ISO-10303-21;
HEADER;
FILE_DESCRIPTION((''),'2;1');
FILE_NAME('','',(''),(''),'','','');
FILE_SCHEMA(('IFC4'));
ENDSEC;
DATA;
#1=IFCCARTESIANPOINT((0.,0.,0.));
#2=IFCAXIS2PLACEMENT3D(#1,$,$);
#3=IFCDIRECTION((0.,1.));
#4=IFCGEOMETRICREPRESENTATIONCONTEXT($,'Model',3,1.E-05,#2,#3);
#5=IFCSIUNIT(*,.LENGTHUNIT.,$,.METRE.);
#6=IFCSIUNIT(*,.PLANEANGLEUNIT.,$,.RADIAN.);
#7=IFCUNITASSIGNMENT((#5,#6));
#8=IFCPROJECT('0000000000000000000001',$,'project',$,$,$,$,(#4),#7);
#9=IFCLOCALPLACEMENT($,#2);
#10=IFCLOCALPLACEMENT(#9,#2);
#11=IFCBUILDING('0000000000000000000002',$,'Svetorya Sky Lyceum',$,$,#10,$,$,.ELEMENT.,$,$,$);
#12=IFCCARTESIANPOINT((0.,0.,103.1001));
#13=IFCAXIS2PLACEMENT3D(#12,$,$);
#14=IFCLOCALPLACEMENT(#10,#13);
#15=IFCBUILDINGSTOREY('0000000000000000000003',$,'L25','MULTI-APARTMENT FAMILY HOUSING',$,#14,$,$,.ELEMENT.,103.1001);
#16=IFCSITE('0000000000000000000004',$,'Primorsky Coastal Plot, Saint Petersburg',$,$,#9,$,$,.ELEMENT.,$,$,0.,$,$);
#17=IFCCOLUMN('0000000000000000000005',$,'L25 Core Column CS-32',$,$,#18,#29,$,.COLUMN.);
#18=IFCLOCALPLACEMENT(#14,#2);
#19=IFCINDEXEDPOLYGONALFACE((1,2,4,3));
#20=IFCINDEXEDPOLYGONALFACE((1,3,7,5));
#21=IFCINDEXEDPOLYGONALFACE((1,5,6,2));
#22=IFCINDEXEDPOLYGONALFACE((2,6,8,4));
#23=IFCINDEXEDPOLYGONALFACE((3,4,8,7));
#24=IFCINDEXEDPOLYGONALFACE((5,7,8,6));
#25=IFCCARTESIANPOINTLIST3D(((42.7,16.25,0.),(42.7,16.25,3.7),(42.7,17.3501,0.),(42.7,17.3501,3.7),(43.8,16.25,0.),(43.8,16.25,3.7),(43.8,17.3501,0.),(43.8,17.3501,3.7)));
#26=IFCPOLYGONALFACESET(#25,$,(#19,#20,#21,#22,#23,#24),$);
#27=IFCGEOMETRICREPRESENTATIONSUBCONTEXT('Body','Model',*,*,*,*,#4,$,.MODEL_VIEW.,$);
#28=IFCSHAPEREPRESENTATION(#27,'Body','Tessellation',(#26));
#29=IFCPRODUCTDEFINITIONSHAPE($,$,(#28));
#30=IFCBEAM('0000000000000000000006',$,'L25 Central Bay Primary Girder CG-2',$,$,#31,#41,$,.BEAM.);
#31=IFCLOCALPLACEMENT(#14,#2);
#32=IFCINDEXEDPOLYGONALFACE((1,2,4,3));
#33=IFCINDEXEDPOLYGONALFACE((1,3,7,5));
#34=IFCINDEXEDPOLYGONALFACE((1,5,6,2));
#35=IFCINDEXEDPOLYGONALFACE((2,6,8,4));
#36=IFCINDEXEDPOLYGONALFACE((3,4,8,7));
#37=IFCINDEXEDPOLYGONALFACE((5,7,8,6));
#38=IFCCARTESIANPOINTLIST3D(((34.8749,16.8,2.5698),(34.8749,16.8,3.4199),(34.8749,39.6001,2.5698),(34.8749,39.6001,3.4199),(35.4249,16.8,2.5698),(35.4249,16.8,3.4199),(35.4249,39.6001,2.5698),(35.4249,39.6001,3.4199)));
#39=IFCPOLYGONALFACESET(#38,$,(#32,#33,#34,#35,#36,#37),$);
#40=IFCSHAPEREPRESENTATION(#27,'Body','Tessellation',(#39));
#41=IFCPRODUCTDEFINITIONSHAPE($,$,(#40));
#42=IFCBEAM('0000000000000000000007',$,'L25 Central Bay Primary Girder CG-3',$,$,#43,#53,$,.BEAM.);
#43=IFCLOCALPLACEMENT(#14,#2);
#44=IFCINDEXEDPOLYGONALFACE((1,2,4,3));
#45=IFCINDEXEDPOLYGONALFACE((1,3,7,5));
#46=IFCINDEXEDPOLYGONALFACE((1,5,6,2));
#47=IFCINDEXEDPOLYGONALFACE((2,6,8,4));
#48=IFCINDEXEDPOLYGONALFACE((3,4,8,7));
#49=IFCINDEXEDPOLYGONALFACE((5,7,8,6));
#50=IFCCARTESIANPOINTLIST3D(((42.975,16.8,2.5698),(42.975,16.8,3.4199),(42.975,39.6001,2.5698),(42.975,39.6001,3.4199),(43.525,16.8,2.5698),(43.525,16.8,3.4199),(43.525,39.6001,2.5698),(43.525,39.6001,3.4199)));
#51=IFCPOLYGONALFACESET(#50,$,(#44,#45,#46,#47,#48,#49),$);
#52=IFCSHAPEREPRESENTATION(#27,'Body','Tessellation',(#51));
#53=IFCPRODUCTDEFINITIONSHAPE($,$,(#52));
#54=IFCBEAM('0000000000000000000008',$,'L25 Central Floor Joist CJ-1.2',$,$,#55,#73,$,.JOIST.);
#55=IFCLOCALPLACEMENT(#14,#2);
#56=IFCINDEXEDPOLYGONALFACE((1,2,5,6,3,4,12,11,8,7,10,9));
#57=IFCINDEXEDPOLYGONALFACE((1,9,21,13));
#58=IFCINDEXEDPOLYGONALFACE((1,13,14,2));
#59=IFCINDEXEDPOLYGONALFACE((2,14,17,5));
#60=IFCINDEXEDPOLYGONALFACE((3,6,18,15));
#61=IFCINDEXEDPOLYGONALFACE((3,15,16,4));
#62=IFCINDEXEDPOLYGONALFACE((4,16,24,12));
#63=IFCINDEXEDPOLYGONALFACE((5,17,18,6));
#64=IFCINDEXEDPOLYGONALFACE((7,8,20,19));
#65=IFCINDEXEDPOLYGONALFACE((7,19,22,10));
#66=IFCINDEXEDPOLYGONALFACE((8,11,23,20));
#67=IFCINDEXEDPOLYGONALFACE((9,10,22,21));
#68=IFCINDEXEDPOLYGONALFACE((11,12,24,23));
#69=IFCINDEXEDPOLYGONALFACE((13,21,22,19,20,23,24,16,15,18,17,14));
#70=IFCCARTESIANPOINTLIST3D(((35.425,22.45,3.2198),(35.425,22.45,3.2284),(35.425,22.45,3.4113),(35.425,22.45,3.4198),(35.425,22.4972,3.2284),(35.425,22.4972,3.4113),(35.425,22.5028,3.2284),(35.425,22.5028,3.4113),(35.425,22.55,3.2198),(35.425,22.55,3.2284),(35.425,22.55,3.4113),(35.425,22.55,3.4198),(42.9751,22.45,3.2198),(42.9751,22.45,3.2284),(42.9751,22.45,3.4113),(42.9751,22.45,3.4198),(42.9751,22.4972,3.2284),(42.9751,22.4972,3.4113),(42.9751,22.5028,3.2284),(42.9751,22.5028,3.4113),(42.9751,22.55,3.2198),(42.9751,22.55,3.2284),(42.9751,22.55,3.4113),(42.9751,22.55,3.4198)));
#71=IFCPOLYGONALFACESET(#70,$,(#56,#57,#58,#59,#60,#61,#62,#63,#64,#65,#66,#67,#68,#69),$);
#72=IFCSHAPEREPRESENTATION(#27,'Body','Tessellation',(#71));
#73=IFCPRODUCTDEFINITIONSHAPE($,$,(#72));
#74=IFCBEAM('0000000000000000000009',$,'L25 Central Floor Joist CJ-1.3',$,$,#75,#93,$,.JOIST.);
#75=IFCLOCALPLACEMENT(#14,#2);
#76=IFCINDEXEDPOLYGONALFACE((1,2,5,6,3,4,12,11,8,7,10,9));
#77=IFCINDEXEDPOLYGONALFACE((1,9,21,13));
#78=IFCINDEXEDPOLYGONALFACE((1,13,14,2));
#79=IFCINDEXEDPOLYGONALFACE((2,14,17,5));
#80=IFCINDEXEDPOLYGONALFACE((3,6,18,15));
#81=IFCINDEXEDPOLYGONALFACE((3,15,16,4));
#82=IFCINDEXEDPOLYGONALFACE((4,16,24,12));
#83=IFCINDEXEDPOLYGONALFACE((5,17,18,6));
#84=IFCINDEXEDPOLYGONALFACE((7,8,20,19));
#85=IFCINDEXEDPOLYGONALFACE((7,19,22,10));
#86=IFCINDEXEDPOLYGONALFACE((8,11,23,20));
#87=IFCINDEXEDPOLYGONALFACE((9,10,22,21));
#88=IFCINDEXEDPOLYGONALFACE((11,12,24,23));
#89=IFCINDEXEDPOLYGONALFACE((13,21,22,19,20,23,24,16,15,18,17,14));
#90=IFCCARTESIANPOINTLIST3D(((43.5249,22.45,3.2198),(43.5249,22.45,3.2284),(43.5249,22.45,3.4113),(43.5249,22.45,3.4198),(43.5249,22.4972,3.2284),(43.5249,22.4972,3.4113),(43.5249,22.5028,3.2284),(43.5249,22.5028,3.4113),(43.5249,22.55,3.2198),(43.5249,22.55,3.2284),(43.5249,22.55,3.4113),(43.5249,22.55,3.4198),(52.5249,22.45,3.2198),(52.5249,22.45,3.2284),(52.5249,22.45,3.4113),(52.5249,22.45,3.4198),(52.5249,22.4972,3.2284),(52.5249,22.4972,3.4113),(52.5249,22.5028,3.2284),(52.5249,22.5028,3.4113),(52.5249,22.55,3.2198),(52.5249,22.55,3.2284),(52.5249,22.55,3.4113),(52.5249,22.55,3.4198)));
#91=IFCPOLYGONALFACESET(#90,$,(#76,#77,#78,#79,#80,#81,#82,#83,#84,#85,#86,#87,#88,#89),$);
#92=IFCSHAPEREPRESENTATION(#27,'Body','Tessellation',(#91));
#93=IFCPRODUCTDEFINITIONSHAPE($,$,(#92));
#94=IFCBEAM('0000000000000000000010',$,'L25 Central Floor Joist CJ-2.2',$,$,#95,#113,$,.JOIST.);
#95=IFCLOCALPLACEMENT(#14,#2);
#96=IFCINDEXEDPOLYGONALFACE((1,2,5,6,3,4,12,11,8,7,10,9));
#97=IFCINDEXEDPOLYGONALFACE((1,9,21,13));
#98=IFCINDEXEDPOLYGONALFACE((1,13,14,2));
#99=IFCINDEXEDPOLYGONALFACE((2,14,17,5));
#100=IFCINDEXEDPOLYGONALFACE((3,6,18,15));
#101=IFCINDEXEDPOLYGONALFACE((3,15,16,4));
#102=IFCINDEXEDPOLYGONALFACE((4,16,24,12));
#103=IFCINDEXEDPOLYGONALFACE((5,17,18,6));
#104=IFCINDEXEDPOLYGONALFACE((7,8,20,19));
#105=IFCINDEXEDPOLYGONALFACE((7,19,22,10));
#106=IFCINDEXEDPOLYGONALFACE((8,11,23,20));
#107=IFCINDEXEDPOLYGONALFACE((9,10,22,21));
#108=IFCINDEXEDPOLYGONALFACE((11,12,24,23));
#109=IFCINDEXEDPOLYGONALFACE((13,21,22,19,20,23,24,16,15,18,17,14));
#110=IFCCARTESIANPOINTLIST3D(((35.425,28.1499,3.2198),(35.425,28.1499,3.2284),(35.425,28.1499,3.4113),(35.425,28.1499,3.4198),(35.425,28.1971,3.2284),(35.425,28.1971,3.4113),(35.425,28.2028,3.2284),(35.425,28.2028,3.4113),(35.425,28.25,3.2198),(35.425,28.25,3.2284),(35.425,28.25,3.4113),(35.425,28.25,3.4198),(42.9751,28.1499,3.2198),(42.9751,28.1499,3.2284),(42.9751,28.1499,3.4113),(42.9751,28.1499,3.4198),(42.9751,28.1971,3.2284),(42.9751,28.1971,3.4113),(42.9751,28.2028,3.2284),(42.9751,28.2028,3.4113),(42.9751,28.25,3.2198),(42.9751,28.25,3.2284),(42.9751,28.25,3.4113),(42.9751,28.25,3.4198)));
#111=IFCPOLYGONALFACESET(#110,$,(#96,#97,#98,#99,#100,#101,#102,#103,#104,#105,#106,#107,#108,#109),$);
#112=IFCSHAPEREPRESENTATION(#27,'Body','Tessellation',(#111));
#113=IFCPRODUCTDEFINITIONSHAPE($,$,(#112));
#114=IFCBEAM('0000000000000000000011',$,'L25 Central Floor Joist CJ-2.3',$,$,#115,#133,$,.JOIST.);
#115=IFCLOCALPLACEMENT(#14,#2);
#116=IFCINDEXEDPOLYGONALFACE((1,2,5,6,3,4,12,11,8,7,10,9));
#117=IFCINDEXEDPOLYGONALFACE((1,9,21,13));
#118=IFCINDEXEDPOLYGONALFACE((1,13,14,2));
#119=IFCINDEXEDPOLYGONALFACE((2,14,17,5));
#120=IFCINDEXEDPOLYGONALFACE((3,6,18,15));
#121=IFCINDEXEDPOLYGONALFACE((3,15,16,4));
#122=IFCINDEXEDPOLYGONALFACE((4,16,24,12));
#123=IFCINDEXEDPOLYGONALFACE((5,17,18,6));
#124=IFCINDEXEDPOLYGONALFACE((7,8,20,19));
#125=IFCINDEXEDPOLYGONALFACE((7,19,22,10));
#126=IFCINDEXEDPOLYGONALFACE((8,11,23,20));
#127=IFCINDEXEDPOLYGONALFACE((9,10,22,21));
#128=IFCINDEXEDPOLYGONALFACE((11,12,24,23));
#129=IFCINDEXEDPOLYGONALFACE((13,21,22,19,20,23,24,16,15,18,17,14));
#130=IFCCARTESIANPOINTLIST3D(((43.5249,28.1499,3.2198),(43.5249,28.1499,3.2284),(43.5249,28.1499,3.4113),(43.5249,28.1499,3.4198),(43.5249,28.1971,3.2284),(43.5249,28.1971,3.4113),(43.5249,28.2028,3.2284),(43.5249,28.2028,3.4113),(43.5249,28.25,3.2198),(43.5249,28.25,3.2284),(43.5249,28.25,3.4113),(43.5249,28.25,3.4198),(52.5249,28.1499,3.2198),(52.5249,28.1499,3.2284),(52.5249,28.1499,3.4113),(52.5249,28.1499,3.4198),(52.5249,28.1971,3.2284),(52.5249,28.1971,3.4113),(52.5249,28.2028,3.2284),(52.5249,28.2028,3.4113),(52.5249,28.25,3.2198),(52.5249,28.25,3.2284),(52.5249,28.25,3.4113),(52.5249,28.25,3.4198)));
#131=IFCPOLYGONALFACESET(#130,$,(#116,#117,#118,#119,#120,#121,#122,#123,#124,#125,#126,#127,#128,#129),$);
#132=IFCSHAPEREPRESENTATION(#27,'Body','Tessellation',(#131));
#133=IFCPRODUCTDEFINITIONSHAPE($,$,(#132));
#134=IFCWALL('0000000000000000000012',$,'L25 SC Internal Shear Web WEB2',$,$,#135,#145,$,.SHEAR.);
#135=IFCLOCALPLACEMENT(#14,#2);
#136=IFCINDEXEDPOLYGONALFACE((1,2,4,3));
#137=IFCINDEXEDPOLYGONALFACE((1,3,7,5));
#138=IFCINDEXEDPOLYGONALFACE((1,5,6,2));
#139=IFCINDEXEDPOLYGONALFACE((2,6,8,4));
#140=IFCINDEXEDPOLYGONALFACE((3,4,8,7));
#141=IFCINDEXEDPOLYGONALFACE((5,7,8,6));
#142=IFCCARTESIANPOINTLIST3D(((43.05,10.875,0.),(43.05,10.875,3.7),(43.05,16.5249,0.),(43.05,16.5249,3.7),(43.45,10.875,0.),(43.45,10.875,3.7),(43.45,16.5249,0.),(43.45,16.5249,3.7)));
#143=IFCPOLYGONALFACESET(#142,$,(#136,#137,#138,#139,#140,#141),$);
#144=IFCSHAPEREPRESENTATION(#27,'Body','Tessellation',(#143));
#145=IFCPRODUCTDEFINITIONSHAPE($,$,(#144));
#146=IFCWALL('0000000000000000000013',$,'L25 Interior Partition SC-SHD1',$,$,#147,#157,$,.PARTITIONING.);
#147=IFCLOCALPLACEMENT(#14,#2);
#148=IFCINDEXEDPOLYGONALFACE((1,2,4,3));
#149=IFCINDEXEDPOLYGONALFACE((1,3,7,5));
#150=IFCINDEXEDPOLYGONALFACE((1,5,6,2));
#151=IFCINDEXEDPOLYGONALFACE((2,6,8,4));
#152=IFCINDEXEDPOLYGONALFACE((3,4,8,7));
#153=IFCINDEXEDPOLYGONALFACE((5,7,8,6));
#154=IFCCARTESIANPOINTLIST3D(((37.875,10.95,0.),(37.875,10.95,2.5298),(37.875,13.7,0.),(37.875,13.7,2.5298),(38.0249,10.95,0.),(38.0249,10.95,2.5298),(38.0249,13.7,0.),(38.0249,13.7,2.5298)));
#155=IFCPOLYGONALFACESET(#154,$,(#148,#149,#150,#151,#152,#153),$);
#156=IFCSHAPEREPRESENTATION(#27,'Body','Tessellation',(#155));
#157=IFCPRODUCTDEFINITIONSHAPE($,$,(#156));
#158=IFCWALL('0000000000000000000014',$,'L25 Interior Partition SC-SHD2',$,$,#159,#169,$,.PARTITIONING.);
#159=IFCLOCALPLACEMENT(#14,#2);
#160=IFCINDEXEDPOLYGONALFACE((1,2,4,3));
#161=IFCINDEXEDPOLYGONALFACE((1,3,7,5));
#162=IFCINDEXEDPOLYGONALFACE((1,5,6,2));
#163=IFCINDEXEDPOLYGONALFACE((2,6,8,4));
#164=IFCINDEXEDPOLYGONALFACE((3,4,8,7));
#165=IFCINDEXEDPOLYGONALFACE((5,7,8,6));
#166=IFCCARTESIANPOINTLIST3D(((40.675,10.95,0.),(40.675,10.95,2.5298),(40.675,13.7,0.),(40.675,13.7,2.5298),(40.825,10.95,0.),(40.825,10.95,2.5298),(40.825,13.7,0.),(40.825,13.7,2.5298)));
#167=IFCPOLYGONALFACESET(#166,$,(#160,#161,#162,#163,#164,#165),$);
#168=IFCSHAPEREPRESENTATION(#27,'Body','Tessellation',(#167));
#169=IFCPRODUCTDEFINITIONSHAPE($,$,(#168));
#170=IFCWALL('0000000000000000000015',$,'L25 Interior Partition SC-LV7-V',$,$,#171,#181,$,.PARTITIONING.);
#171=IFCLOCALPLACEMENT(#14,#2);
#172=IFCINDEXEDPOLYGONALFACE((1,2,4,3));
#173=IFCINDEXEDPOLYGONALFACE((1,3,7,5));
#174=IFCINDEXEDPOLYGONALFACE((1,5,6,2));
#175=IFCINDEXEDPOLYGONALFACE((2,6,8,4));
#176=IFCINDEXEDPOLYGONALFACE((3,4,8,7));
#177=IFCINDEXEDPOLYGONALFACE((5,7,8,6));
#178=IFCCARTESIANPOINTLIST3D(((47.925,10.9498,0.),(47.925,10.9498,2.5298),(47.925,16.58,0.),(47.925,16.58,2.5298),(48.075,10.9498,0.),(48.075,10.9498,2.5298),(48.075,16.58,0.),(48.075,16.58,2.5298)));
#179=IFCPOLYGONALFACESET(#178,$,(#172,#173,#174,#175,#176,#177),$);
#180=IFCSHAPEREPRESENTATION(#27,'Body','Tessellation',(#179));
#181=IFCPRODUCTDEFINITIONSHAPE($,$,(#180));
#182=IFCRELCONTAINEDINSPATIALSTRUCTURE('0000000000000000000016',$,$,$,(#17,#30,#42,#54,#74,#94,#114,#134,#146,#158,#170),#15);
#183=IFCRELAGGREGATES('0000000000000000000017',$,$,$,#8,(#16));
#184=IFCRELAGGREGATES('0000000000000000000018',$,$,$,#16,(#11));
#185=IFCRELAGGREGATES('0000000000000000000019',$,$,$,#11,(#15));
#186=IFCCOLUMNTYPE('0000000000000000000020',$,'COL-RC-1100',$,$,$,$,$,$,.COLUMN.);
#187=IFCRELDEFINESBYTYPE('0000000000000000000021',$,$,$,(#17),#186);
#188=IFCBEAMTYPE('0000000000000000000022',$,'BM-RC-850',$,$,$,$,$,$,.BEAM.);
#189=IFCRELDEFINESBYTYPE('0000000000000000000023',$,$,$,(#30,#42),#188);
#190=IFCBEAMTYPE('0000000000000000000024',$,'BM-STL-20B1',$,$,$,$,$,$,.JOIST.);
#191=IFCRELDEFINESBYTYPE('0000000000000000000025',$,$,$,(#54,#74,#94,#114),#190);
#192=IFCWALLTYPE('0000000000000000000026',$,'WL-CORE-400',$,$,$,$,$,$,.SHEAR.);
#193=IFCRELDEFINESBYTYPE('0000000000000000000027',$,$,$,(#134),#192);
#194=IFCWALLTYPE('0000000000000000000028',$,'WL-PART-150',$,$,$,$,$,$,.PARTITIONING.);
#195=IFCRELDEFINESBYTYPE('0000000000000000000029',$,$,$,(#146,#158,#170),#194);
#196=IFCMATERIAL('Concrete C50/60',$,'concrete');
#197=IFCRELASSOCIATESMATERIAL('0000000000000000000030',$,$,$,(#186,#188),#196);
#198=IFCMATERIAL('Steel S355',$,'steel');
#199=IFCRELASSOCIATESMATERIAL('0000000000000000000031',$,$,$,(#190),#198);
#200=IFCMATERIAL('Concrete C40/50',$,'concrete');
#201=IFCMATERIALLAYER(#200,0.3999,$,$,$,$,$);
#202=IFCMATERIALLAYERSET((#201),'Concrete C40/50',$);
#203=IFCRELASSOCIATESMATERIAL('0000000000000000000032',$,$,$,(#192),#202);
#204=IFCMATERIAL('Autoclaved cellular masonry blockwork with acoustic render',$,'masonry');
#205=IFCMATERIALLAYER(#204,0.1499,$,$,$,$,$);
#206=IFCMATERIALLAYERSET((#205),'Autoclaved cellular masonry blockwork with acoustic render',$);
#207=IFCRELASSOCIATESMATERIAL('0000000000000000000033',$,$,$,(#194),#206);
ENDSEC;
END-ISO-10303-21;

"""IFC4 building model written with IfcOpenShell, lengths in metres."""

from ifc_helpers import new_model, si_unit, direction, frame, frame_2d, origin, origin_2d, place, context, subcontext, project, spatial, rectangle, i_section, extrude, material, layer, layer_set, material_profile, profile_set, type_object, element, save


model = new_model("IFC4")

# Units and contexts
model_context = context("Model", 3, precision=1e-05, world=origin(), true_north=direction((0.0, 1.0)))
body_context = subcontext(model_context, "Body", "Model", "MODEL_VIEW")
ifc_project = project(units=[si_unit("LENGTHUNIT", "METRE"), si_unit("PLANEANGLEUNIT", "RADIAN")], contexts=[model_context])

# Site, building, storey
site_placement = place(None, origin())
site = spatial("IfcSite", under=ifc_project, at=site_placement, Name="Primorsky Coastal Plot, Saint Petersburg", CompositionType="ELEMENT", RefElevation=0.0)
building_placement = place(site_placement, origin())
building = spatial("IfcBuilding", under=site, at=building_placement, Name="Svetorya Sky Lyceum", CompositionType="ELEMENT")
storey_placement = place(building_placement, frame((0.0, 0.0, 103.1001)))
storey = spatial("IfcBuildingStorey", under=building, at=storey_placement, Name="L25", Description="MULTI-APARTMENT FAMILY HOUSING", CompositionType="ELEMENT", Elevation=103.1001)

# Column
ifc_material_1 = material(Name="Concrete C50/60", Category="concrete")
ifc_material_profile_1 = material_profile(ifc_material_1, rectangle(XDim=1.1001, YDim=1.1001, at=origin_2d()), Name="RC COL 1100x1100")
ifc_profile_set_1 = profile_set([ifc_material_profile_1], Name="Concrete C50/60")
column_type = type_object("IfcColumnType", Name="COL-RC-1100", PredefinedType="COLUMN", material=ifc_profile_set_1)
column_placement = place(storey_placement, frame((43.25, 16.8, 0.0), z_axis=(0.0, 0.0, 1.0), x_axis=(1.0, 0.0, 0.0)))
element("IfcColumn", 1, at=column_placement, inside=storey, type_object=column_type, Name="L25 Core Column CS-32", PredefinedType="COLUMN", context=body_context, shape_type="SweptSolid", body=[
    extrude(rectangle(XDim=1.1001, YDim=1.1001, at=origin_2d()), origin(), (0.0, 0.0, 1.0), 3.7),
])

# Beams
ifc_material_profile_2 = material_profile(ifc_material_1, rectangle(XDim=0.55, YDim=0.8501, at=origin_2d()), Name="RC BEAM 550x850")
ifc_profile_set_2 = profile_set([ifc_material_profile_2], Name="Concrete C50/60")
beam_type_1 = type_object("IfcBeamType", Name="BM-RC-850", PredefinedType="BEAM", material=ifc_profile_set_2)
for number, where, z_axis, x_axis, name in (
    (2, (35.1499, 16.8, 2.9949), (0.0, 1.0, 0.0), (-1.0, 0.0, 0.0), "L25 Central Bay Primary Girder CG-2"),
    (3, (43.25, 16.8, 2.9949), (0.0, 1.0, 0.0), (-1.0, 0.0, 0.0), "L25 Central Bay Primary Girder CG-3"),
):
    element("IfcBeam", number, at=place(storey_placement, frame(where, z_axis=z_axis, x_axis=x_axis)), inside=storey, type_object=beam_type_1, Name=name, PredefinedType="BEAM", context=body_context, shape_type="SweptSolid", body=[
        extrude(rectangle(XDim=0.55, YDim=0.8501, at=origin_2d()), origin(), (0.0, 0.0, 1.0), 22.8),
    ])
ifc_material_2 = material(Name="Steel S355", Category="steel")
ifc_material_profile_3 = material_profile(ifc_material_2, i_section(OverallWidth=0.1001, OverallDepth=0.2, WebThickness=0.0056, FlangeThickness=0.0085, at=origin_2d()), Name="GOST 20B1")
ifc_profile_set_3 = profile_set([ifc_material_profile_3], Name="Steel S355")
beam_type_2 = type_object("IfcBeamType", Name="BM-STL-20B1", PredefinedType="JOIST", material=ifc_profile_set_3)
beam_1_placement = place(storey_placement, frame((35.425, 22.5, 3.3198), z_axis=(1.0, 0.0, 0.0), x_axis=(0.0, 1.0, 0.0)))
element("IfcBeam", 4, at=beam_1_placement, inside=storey, type_object=beam_type_2, Name="L25 Central Floor Joist CJ-1.2", PredefinedType="JOIST", context=body_context, shape_type="SweptSolid", body=[
    extrude(i_section(OverallWidth=0.1001, OverallDepth=0.2, WebThickness=0.0056, FlangeThickness=0.0085, at=origin_2d()), origin(), (0.0, 0.0, 1.0), 7.55),
])
beam_2_placement = place(storey_placement, frame((43.5249, 22.5, 3.3198), z_axis=(1.0, 0.0, 0.0), x_axis=(0.0, 1.0, 0.0)))
element("IfcBeam", 5, at=beam_2_placement, inside=storey, type_object=beam_type_2, Name="L25 Central Floor Joist CJ-1.3", PredefinedType="JOIST", context=body_context, shape_type="SweptSolid", body=[
    extrude(i_section(OverallWidth=0.1001, OverallDepth=0.2, WebThickness=0.0056, FlangeThickness=0.0085, at=origin_2d()), origin(), (0.0, 0.0, 1.0), 9.0),
])
beam_3_placement = place(storey_placement, frame((35.425, 28.2, 3.3198), z_axis=(1.0, 0.0, 0.0), x_axis=(0.0, 1.0, 0.0)))
element("IfcBeam", 6, at=beam_3_placement, inside=storey, type_object=beam_type_2, Name="L25 Central Floor Joist CJ-2.2", PredefinedType="JOIST", context=body_context, shape_type="SweptSolid", body=[
    extrude(i_section(OverallWidth=0.1001, OverallDepth=0.2, WebThickness=0.0056, FlangeThickness=0.0085, at=origin_2d()), origin(), (0.0, 0.0, 1.0), 7.55),
])
beam_4_placement = place(storey_placement, frame((43.5249, 28.2, 3.3198), z_axis=(1.0, 0.0, 0.0), x_axis=(0.0, 1.0, 0.0)))
element("IfcBeam", 7, at=beam_4_placement, inside=storey, type_object=beam_type_2, Name="L25 Central Floor Joist CJ-2.3", PredefinedType="JOIST", context=body_context, shape_type="SweptSolid", body=[
    extrude(i_section(OverallWidth=0.1001, OverallDepth=0.2, WebThickness=0.0056, FlangeThickness=0.0085, at=origin_2d()), origin(), (0.0, 0.0, 1.0), 9.0),
])

# Walls
ifc_material_3 = material(Name="Concrete C40/50", Category="concrete")
ifc_layer_1 = layer(ifc_material_3, 0.3999)
ifc_layer_set_1 = layer_set([ifc_layer_1], Name="Concrete C40/50")
wall_type_1 = type_object("IfcWallType", Name="WL-CORE-400", PredefinedType="SHEAR", material=ifc_layer_set_1)
wall_1_placement = place(storey_placement, frame((43.25, 10.875, 0.0), z_axis=(0.0, 0.0, 1.0), x_axis=(0.0, 1.0, 0.0)))
element("IfcWall", 8, at=wall_1_placement, inside=storey, type_object=wall_type_1, Name="L25 SC Internal Shear Web WEB2", PredefinedType="SHEAR", context=body_context, shape_type="SweptSolid", body=[
    extrude(rectangle(XDim=5.6499, YDim=0.3999, at=frame_2d((2.825, 0.0))), origin(), (0.0, 0.0, 1.0), 3.7),
])
ifc_material_4 = material(Name="Autoclaved cellular masonry blockwork with acoustic render", Category="masonry")
ifc_layer_2 = layer(ifc_material_4, 0.1499)
ifc_layer_set_2 = layer_set([ifc_layer_2], Name="Autoclaved cellular masonry blockwork with acoustic render")
wall_type_2 = type_object("IfcWallType", Name="WL-PART-150", PredefinedType="PARTITIONING", material=ifc_layer_set_2)
for number, where, z_axis, x_axis, name in (
    (9, (37.95, 10.95, 0.0), (0.0, 0.0, 1.0), (0.0, 1.0, 0.0), "L25 Interior Partition SC-SHD1"),
    (10, (40.75, 10.95, 0.0), (0.0, 0.0, 1.0), (0.0, 1.0, 0.0), "L25 Interior Partition SC-SHD2"),
):
    element("IfcWall", number, at=place(storey_placement, frame(where, z_axis=z_axis, x_axis=x_axis)), inside=storey, type_object=wall_type_2, Name=name, PredefinedType="PARTITIONING", context=body_context, shape_type="SweptSolid", body=[
        extrude(rectangle(XDim=2.75, YDim=0.1499, at=frame_2d((1.375, 0.0))), origin(), (0.0, 0.0, 1.0), 2.5298),
    ])
wall_2_placement = place(storey_placement, frame((48.0, 10.95, 0.0), z_axis=(0.0, 0.0, 1.0), x_axis=(0.0, 1.0, 0.0)))
element("IfcWall", 11, at=wall_2_placement, inside=storey, type_object=wall_type_2, Name="L25 Interior Partition SC-LV7-V", PredefinedType="PARTITIONING", context=body_context, shape_type="SweptSolid", body=[
    extrude(rectangle(XDim=5.6301, YDim=0.1499, at=frame_2d((2.8149, 0.0))), origin(), (0.0, 0.0, 1.0), 2.5298),
])

save(model, "model.ifc")
